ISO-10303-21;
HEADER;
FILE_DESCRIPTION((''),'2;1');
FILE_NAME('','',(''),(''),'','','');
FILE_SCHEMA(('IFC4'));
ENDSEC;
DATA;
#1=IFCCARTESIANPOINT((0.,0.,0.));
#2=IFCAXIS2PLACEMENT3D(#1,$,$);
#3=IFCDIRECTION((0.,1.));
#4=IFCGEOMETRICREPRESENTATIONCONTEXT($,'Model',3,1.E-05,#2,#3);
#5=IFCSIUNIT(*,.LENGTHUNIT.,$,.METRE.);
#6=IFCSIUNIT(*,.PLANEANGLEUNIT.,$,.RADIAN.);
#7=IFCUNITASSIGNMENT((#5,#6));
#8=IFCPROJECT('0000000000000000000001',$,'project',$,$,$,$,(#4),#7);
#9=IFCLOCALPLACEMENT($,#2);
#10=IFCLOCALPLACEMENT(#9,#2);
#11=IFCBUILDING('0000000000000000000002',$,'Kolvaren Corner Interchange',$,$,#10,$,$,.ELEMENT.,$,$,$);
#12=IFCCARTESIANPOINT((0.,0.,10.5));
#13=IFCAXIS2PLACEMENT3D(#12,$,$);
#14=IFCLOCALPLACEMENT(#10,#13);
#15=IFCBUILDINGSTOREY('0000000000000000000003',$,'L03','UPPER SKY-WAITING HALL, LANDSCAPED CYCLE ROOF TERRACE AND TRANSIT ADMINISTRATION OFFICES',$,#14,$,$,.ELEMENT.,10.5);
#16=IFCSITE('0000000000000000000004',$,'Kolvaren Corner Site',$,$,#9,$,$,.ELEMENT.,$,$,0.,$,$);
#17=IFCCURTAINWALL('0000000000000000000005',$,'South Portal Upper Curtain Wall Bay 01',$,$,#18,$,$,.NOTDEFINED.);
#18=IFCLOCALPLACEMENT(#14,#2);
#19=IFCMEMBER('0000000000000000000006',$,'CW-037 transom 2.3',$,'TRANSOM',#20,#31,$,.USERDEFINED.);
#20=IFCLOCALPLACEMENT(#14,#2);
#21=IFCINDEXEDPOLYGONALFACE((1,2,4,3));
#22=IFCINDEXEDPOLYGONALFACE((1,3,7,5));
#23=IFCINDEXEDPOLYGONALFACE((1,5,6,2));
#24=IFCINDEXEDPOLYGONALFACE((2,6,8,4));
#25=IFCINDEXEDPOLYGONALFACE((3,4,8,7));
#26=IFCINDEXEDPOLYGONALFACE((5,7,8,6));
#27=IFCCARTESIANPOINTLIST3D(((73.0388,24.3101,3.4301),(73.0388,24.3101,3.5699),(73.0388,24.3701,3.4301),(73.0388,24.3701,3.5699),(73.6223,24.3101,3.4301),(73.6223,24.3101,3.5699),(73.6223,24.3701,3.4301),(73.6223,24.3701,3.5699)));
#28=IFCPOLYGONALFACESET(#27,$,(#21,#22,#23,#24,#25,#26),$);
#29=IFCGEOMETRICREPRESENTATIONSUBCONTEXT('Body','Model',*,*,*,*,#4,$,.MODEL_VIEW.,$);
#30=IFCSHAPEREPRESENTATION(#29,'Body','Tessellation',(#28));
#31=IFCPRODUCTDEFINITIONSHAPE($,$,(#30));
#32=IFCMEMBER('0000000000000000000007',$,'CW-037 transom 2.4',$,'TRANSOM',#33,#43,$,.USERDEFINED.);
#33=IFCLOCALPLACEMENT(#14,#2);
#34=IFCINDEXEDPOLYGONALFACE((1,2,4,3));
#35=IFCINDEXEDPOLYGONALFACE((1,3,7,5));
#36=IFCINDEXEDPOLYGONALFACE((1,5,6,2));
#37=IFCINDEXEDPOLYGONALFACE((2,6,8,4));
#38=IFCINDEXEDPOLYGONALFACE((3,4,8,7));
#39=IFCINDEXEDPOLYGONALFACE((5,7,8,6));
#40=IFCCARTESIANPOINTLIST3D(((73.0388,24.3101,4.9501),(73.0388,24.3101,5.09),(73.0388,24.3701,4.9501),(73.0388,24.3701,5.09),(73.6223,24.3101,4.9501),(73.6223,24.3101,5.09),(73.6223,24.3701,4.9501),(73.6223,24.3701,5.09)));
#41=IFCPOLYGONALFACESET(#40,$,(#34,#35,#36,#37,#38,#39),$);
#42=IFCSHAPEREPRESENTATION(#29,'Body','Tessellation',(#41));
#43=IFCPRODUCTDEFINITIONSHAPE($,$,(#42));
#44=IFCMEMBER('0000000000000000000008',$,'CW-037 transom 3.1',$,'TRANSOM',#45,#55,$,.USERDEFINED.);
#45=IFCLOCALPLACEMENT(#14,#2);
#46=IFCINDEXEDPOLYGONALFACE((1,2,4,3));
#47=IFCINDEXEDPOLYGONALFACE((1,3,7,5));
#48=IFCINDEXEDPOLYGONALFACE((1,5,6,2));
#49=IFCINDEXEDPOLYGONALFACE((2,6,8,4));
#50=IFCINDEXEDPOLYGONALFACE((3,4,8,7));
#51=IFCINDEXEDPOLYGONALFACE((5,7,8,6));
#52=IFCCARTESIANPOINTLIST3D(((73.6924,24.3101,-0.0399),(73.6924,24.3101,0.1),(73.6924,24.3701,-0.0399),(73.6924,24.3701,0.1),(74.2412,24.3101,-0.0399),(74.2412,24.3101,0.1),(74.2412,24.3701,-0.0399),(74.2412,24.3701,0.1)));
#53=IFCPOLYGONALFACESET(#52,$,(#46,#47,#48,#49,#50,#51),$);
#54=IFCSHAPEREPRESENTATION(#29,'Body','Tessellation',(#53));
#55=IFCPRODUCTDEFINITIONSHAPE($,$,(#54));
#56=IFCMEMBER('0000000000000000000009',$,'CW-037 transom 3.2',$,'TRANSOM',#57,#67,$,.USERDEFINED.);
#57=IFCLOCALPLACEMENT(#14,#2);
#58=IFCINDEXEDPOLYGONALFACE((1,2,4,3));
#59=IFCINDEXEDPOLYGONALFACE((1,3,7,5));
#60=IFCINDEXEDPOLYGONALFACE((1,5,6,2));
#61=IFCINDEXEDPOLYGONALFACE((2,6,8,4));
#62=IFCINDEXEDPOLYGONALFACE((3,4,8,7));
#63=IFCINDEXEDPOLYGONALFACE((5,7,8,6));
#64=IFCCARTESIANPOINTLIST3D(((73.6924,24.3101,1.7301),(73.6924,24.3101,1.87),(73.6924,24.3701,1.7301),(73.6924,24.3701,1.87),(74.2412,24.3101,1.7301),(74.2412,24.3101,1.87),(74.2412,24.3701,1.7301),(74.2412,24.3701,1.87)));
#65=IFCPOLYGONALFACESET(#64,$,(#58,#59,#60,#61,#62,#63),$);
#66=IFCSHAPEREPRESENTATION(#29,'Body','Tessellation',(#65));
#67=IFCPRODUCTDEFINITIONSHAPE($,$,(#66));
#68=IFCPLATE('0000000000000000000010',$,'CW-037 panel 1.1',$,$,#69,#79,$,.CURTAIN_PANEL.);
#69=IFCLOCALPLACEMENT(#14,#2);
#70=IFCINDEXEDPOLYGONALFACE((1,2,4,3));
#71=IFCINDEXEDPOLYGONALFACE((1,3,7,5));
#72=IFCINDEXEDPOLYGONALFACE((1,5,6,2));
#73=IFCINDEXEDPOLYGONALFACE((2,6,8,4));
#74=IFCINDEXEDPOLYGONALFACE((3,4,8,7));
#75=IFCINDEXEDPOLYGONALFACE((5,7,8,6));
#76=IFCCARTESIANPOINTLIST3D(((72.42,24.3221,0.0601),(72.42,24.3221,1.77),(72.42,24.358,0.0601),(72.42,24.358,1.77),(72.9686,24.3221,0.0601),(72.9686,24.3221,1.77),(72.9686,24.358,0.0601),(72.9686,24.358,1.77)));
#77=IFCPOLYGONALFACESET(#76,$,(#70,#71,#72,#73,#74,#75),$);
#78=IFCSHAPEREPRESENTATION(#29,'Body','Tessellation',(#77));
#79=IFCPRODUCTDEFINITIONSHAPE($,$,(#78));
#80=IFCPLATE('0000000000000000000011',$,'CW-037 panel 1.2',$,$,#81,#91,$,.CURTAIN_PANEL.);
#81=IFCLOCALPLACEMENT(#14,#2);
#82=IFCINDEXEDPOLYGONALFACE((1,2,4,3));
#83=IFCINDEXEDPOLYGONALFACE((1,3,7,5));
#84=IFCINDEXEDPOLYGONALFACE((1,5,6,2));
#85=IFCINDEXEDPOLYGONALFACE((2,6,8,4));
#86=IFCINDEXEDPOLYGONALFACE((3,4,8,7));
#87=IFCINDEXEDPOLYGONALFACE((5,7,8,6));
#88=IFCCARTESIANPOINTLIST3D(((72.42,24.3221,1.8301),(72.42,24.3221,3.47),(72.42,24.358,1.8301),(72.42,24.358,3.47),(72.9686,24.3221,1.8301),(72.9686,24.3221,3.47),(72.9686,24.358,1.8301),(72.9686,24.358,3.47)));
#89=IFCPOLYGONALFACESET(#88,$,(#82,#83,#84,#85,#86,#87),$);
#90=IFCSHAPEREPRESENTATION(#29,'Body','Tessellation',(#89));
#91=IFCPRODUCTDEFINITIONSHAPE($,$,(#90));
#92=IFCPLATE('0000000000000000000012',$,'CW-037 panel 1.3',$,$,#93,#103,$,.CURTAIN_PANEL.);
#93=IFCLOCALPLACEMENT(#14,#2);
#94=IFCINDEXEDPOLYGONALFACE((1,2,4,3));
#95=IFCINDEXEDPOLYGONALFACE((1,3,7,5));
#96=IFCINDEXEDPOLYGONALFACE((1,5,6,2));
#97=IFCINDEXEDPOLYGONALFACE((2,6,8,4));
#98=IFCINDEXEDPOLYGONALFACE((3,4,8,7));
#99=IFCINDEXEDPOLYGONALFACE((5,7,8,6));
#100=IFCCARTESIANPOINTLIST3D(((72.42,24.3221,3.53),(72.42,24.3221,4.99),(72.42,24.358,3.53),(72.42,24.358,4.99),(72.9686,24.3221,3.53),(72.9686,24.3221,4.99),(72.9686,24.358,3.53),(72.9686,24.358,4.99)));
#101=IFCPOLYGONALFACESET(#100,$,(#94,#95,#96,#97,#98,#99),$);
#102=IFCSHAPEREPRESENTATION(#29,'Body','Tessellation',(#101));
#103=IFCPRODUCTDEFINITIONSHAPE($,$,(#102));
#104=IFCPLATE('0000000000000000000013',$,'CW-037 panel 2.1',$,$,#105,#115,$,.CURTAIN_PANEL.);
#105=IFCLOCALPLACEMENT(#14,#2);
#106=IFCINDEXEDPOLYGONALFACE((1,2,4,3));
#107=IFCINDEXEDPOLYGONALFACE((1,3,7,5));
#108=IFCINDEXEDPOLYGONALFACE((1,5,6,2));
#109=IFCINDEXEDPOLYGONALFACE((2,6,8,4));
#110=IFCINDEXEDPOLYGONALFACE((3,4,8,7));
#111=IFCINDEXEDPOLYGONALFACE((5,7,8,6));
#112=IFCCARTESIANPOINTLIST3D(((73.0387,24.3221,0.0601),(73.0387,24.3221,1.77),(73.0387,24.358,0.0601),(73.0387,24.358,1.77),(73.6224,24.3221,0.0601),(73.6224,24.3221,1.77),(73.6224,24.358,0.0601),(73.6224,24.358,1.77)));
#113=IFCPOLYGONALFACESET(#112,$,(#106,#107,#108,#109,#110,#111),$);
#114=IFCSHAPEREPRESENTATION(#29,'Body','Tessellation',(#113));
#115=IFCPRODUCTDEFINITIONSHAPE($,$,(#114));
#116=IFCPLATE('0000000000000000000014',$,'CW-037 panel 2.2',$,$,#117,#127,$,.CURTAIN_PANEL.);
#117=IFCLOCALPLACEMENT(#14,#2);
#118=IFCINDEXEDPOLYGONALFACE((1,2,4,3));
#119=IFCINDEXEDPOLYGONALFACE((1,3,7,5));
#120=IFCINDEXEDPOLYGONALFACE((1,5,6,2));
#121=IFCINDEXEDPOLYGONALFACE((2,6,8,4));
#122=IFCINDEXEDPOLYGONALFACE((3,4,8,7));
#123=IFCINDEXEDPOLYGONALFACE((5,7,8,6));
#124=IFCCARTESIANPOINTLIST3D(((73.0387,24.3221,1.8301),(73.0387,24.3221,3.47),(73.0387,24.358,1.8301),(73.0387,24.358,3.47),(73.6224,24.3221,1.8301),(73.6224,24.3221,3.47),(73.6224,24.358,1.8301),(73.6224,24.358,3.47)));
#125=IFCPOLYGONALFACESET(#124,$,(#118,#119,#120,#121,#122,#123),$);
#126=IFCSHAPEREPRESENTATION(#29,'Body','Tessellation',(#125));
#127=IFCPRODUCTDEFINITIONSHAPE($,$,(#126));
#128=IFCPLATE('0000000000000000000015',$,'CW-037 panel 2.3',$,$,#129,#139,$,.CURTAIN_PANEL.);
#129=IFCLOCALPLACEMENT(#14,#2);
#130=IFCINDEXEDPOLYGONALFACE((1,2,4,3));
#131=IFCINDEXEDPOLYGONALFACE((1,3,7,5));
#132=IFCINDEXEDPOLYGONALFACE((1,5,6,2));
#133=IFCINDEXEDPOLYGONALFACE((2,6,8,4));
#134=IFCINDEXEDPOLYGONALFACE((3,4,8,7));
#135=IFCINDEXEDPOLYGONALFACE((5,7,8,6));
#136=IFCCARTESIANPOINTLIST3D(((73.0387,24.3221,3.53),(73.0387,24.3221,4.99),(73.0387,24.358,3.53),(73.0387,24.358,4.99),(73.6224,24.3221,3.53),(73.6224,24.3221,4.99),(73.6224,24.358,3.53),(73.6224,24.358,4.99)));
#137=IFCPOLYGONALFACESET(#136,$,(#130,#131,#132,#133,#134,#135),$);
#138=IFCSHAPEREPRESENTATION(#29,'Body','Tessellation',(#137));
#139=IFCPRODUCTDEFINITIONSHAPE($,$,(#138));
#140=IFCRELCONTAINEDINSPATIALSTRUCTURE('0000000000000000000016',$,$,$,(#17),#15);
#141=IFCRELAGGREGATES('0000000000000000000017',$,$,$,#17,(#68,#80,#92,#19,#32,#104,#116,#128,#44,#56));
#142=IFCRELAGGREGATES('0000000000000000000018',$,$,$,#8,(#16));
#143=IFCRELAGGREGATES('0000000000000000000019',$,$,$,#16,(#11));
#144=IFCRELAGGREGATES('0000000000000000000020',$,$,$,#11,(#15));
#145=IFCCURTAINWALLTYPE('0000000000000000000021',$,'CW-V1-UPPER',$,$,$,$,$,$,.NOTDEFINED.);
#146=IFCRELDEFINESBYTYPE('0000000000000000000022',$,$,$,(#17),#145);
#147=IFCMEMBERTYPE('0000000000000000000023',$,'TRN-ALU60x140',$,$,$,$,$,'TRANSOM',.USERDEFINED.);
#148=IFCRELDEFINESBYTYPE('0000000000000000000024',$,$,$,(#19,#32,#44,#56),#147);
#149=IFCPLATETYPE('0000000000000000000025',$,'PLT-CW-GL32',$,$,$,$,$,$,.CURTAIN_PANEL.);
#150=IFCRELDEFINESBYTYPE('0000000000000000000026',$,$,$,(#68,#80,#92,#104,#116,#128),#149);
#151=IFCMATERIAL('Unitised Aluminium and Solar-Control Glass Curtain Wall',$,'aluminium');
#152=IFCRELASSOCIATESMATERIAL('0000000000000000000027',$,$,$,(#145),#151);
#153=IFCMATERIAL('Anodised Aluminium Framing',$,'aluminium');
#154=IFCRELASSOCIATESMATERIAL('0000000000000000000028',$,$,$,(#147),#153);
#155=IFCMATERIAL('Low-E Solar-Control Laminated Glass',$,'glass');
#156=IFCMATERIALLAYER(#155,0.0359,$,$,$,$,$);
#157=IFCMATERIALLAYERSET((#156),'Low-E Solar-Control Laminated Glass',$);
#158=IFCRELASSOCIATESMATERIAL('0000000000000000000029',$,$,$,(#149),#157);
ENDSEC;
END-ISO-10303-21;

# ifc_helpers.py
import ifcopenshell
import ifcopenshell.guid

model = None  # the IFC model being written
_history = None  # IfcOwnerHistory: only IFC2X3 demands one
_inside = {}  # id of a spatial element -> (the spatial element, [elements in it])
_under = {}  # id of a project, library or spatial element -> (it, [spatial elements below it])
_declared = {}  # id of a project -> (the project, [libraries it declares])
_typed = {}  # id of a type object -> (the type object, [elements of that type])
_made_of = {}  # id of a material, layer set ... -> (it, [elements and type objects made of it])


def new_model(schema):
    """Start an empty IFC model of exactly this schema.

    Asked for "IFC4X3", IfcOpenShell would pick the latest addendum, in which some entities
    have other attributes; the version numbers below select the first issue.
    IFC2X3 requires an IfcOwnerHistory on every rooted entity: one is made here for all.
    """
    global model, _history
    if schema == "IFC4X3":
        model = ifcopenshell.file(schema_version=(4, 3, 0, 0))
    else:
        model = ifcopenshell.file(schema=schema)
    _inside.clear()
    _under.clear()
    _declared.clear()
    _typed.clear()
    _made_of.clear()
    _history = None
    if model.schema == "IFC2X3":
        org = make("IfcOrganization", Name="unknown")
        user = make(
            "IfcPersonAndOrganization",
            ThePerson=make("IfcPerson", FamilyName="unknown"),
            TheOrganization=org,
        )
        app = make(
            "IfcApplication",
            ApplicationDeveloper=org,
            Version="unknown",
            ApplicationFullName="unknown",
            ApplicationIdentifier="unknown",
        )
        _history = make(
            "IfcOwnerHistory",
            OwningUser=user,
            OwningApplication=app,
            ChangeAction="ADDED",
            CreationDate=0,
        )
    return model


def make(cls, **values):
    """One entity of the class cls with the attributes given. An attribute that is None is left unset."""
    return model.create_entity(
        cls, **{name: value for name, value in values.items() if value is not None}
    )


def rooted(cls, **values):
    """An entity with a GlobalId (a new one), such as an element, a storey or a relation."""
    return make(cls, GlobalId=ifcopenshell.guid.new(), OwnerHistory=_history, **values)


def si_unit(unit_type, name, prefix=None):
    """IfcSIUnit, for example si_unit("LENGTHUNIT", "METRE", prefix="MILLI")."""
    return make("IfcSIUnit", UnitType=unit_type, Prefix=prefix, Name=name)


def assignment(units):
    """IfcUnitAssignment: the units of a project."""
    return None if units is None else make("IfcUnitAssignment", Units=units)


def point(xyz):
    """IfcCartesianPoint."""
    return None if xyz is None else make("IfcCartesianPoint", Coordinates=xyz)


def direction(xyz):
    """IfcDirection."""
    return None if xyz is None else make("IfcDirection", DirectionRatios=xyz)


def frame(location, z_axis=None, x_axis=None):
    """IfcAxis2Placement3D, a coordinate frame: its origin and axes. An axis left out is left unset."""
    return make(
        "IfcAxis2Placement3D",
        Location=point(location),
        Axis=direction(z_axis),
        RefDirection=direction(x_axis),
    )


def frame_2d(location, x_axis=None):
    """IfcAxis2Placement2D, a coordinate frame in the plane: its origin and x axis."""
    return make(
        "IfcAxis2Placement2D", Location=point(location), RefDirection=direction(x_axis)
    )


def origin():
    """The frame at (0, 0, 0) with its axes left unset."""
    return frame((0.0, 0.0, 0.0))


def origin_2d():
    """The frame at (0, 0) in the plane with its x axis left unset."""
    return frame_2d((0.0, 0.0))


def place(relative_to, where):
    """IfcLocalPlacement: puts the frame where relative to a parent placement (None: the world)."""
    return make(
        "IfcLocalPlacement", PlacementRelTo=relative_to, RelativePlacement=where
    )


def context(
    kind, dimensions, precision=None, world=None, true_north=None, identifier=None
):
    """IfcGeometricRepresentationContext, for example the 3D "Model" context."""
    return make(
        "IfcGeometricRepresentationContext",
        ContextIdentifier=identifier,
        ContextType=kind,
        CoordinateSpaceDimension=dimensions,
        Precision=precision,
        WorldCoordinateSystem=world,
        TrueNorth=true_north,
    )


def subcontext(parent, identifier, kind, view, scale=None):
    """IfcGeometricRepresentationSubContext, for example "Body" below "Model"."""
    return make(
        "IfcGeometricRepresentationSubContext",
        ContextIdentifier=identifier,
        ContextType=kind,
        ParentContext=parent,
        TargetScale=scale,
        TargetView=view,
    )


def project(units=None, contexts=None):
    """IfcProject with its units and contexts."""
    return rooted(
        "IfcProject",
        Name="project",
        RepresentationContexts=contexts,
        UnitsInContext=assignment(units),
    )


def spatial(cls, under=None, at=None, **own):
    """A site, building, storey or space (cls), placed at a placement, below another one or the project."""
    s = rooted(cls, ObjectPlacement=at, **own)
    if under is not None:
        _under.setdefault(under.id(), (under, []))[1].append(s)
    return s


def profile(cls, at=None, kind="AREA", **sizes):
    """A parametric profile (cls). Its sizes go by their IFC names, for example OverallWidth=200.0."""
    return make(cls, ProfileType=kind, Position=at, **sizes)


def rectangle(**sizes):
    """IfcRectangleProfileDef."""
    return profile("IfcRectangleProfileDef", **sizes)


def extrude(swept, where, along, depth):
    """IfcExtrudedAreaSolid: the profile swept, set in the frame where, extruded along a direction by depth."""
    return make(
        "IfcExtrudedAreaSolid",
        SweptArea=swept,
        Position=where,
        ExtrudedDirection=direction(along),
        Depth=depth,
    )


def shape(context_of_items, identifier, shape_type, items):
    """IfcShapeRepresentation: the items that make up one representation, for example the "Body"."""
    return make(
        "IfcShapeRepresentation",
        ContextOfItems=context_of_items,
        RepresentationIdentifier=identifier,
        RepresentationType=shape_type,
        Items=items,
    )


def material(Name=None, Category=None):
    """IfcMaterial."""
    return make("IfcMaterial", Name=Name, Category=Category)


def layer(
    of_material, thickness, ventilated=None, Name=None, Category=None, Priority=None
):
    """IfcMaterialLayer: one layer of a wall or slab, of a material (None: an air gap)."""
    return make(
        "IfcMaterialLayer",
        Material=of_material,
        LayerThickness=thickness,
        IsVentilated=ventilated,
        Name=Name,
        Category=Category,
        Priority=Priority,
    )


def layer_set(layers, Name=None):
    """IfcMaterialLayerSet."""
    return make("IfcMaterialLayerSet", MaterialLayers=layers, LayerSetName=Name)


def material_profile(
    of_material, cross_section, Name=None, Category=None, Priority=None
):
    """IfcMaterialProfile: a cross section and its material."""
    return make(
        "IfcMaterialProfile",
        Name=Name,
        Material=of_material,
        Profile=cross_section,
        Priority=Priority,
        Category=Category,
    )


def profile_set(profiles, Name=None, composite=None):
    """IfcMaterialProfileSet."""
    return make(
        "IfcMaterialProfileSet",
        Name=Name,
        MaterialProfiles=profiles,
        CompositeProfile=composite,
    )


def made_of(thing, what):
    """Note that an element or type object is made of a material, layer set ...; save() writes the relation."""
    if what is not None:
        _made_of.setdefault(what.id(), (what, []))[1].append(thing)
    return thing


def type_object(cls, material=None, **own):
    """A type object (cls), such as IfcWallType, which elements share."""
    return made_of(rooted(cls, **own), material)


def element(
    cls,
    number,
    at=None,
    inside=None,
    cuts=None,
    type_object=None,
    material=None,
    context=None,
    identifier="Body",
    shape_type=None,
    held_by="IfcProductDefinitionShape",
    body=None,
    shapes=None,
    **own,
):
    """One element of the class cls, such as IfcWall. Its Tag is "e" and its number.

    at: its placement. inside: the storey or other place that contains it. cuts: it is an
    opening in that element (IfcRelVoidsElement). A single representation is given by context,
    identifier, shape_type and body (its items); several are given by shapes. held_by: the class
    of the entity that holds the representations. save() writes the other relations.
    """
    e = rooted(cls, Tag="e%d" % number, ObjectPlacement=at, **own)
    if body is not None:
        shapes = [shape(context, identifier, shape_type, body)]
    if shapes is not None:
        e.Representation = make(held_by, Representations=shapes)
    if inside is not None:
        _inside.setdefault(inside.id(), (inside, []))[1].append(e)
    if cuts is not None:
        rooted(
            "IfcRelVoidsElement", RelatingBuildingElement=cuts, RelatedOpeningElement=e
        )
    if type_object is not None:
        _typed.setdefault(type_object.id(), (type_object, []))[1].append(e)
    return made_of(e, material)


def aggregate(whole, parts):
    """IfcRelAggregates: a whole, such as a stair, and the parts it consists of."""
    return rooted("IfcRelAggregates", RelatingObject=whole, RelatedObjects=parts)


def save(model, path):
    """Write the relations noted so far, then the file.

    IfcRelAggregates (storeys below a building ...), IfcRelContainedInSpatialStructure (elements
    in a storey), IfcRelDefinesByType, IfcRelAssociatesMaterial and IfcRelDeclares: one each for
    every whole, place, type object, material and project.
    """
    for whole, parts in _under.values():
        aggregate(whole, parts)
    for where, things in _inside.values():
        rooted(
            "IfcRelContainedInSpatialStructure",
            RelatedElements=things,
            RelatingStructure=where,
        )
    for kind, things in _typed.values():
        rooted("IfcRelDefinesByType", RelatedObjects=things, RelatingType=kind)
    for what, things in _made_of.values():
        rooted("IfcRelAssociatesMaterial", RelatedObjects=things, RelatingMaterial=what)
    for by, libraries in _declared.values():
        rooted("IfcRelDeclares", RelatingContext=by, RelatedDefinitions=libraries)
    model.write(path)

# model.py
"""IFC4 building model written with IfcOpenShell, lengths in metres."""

from ifc_helpers import new_model, si_unit, direction, frame, origin, origin_2d, place, context, subcontext, project, spatial, rectangle, extrude, material, layer, layer_set, material_profile, profile_set, type_object, element, aggregate, save


model = new_model("IFC4")

# Units and contexts
model_context = context("Model", 3, precision=1e-05, world=origin(), true_north=direction((0.0, 1.0)))
body_context = subcontext(model_context, "Body", "Model", "MODEL_VIEW")
ifc_project = project(units=[si_unit("LENGTHUNIT", "METRE"), si_unit("PLANEANGLEUNIT", "RADIAN")], contexts=[model_context])

# Site, building, storey
site_placement = place(None, origin())
site = spatial("IfcSite", under=ifc_project, at=site_placement, Name="Kolvaren Corner Site", CompositionType="ELEMENT", RefElevation=0.0)
building_placement = place(site_placement, origin())
building = spatial("IfcBuilding", under=site, at=building_placement, Name="Kolvaren Corner Interchange", CompositionType="ELEMENT")
storey_placement = place(building_placement, frame((0.0, 0.0, 10.5)))
storey = spatial("IfcBuildingStorey", under=building, at=storey_placement, Name="L03", Description="UPPER SKY-WAITING HALL, LANDSCAPED CYCLE ROOF TERRACE AND TRANSIT ADMINISTRATION OFFICES", CompositionType="ELEMENT", Elevation=10.5)

# Curtain wall, members, plates
ifc_material_1 = material(Name="Unitised Aluminium and Solar-Control Glass Curtain Wall", Category="aluminium")
curtain_wall_type = type_object("IfcCurtainWallType", Name="CW-V1-UPPER", PredefinedType="NOTDEFINED", material=ifc_material_1)
curtain_wall_placement = place(storey_placement, origin())
curtain_wall = element("IfcCurtainWall", 1, at=curtain_wall_placement, inside=storey, type_object=curtain_wall_type, Name="South Portal Upper Curtain Wall Bay 01", PredefinedType="NOTDEFINED")
ifc_material_2 = material(Name="Anodised Aluminium Framing", Category="aluminium")
ifc_material_profile_1 = material_profile(ifc_material_2, rectangle(XDim=0.0601, YDim=0.1399, at=origin_2d()), Name="ALU 60x140")
ifc_profile_set_1 = profile_set([ifc_material_profile_1], Name="Anodised Aluminium Framing")
member_type_1 = type_object("IfcMemberType", Name="TRN-ALU60x140", ElementType="TRANSOM", PredefinedType="USERDEFINED", material=ifc_profile_set_1)
member_1_placement = place(storey_placement, frame((73.0388, 24.3401, 3.5), z_axis=(1.0, 0.0, 0.0), x_axis=(0.0, 1.0, 0.0)))
member_1 = element("IfcMember", 2, at=member_1_placement, type_object=member_type_1, Name="CW-037 transom 2.3", ObjectType="TRANSOM", PredefinedType="USERDEFINED", context=body_context, shape_type="SweptSolid", body=[
    extrude(rectangle(XDim=0.0601, YDim=0.1399, at=origin_2d()), origin(), (0.0, 0.0, 1.0), 0.5835),
])
member_2_placement = place(storey_placement, frame((73.0388, 24.3401, 5.02), z_axis=(1.0, 0.0, 0.0), x_axis=(0.0, 1.0, 0.0)))
member_2 = element("IfcMember", 3, at=member_2_placement, type_object=member_type_1, Name="CW-037 transom 2.4", ObjectType="TRANSOM", PredefinedType="USERDEFINED", context=body_context, shape_type="SweptSolid", body=[
    extrude(rectangle(XDim=0.0601, YDim=0.1399, at=origin_2d()), origin(), (0.0, 0.0, 1.0), 0.5835),
])
member_3_placement = place(storey_placement, frame((73.6924, 24.3401, 0.03), z_axis=(1.0, 0.0, 0.0), x_axis=(0.0, 1.0, 0.0)))
member_3 = element("IfcMember", 4, at=member_3_placement, type_object=member_type_1, Name="CW-037 transom 3.1", ObjectType="TRANSOM", PredefinedType="USERDEFINED", context=body_context, shape_type="SweptSolid", body=[
    extrude(rectangle(XDim=0.0601, YDim=0.1399, at=origin_2d()), origin(), (0.0, 0.0, 1.0), 0.5488),
])
member_4_placement = place(storey_placement, frame((73.6924, 24.3401, 1.8), z_axis=(1.0, 0.0, 0.0), x_axis=(0.0, 1.0, 0.0)))
member_4 = element("IfcMember", 5, at=member_4_placement, type_object=member_type_1, Name="CW-037 transom 3.2", ObjectType="TRANSOM", PredefinedType="USERDEFINED", context=body_context, shape_type="SweptSolid", body=[
    extrude(rectangle(XDim=0.0601, YDim=0.1399, at=origin_2d()), origin(), (0.0, 0.0, 1.0), 0.5488),
])
ifc_material_3 = material(Name="Low-E Solar-Control Laminated Glass", Category="glass")
ifc_layer = layer(ifc_material_3, 0.0359)
ifc_layer_set = layer_set([ifc_layer], Name="Low-E Solar-Control Laminated Glass")
plate_type = type_object("IfcPlateType", Name="PLT-CW-GL32", PredefinedType="CURTAIN_PANEL", material=ifc_layer_set)
plate_1_placement = place(storey_placement, frame((72.6943, 24.3401, 0.0601), z_axis=(0.0, 0.0, 1.0), x_axis=(1.0, 0.0, 0.0)))
plate_1 = element("IfcPlate", 6, at=plate_1_placement, type_object=plate_type, Name="CW-037 panel 1.1", PredefinedType="CURTAIN_PANEL", context=body_context, shape_type="SweptSolid", body=[
    extrude(rectangle(XDim=0.5486, YDim=0.0359, at=origin_2d()), origin(), (0.0, 0.0, 1.0), 1.71),
])
plate_2_placement = place(storey_placement, frame((72.6943, 24.3401, 1.8301), z_axis=(0.0, 0.0, 1.0), x_axis=(1.0, 0.0, 0.0)))
plate_2 = element("IfcPlate", 7, at=plate_2_placement, type_object=plate_type, Name="CW-037 panel 1.2", PredefinedType="CURTAIN_PANEL", context=body_context, shape_type="SweptSolid", body=[
    extrude(rectangle(XDim=0.5486, YDim=0.0359, at=origin_2d()), origin(), (0.0, 0.0, 1.0), 1.6399),
])
plate_3_placement = place(storey_placement, frame((72.6943, 24.3401, 3.53), z_axis=(0.0, 0.0, 1.0), x_axis=(1.0, 0.0, 0.0)))
plate_3 = element("IfcPlate", 8, at=plate_3_placement, type_object=plate_type, Name="CW-037 panel 1.3", PredefinedType="CURTAIN_PANEL", context=body_context, shape_type="SweptSolid", body=[
    extrude(rectangle(XDim=0.5486, YDim=0.0359, at=origin_2d()), origin(), (0.0, 0.0, 1.0), 1.46),
])
plate_4_placement = place(storey_placement, frame((73.3306, 24.3401, 0.0601), z_axis=(0.0, 0.0, 1.0), x_axis=(1.0, 0.0, 0.0)))
plate_4 = element("IfcPlate", 9, at=plate_4_placement, type_object=plate_type, Name="CW-037 panel 2.1", PredefinedType="CURTAIN_PANEL", context=body_context, shape_type="SweptSolid", body=[
    extrude(rectangle(XDim=0.5837, YDim=0.0359, at=origin_2d()), origin(), (0.0, 0.0, 1.0), 1.71),
])
plate_5_placement = place(storey_placement, frame((73.3306, 24.3401, 1.8301), z_axis=(0.0, 0.0, 1.0), x_axis=(1.0, 0.0, 0.0)))
plate_5 = element("IfcPlate", 10, at=plate_5_placement, type_object=plate_type, Name="CW-037 panel 2.2", PredefinedType="CURTAIN_PANEL", context=body_context, shape_type="SweptSolid", body=[
    extrude(rectangle(XDim=0.5837, YDim=0.0359, at=origin_2d()), origin(), (0.0, 0.0, 1.0), 1.6399),
])
plate_6_placement = place(storey_placement, frame((73.3306, 24.3401, 3.53), z_axis=(0.0, 0.0, 1.0), x_axis=(1.0, 0.0, 0.0)))
plate_6 = element("IfcPlate", 11, at=plate_6_placement, type_object=plate_type, Name="CW-037 panel 2.3", PredefinedType="CURTAIN_PANEL", context=body_context, shape_type="SweptSolid", body=[
    extrude(rectangle(XDim=0.5837, YDim=0.0359, at=origin_2d()), origin(), (0.0, 0.0, 1.0), 1.46),
])
aggregate(curtain_wall, [plate_1, plate_2, plate_3, member_1, member_2, plate_4, plate_5, plate_6, member_3, member_4])

save(model, "model.ifc")
